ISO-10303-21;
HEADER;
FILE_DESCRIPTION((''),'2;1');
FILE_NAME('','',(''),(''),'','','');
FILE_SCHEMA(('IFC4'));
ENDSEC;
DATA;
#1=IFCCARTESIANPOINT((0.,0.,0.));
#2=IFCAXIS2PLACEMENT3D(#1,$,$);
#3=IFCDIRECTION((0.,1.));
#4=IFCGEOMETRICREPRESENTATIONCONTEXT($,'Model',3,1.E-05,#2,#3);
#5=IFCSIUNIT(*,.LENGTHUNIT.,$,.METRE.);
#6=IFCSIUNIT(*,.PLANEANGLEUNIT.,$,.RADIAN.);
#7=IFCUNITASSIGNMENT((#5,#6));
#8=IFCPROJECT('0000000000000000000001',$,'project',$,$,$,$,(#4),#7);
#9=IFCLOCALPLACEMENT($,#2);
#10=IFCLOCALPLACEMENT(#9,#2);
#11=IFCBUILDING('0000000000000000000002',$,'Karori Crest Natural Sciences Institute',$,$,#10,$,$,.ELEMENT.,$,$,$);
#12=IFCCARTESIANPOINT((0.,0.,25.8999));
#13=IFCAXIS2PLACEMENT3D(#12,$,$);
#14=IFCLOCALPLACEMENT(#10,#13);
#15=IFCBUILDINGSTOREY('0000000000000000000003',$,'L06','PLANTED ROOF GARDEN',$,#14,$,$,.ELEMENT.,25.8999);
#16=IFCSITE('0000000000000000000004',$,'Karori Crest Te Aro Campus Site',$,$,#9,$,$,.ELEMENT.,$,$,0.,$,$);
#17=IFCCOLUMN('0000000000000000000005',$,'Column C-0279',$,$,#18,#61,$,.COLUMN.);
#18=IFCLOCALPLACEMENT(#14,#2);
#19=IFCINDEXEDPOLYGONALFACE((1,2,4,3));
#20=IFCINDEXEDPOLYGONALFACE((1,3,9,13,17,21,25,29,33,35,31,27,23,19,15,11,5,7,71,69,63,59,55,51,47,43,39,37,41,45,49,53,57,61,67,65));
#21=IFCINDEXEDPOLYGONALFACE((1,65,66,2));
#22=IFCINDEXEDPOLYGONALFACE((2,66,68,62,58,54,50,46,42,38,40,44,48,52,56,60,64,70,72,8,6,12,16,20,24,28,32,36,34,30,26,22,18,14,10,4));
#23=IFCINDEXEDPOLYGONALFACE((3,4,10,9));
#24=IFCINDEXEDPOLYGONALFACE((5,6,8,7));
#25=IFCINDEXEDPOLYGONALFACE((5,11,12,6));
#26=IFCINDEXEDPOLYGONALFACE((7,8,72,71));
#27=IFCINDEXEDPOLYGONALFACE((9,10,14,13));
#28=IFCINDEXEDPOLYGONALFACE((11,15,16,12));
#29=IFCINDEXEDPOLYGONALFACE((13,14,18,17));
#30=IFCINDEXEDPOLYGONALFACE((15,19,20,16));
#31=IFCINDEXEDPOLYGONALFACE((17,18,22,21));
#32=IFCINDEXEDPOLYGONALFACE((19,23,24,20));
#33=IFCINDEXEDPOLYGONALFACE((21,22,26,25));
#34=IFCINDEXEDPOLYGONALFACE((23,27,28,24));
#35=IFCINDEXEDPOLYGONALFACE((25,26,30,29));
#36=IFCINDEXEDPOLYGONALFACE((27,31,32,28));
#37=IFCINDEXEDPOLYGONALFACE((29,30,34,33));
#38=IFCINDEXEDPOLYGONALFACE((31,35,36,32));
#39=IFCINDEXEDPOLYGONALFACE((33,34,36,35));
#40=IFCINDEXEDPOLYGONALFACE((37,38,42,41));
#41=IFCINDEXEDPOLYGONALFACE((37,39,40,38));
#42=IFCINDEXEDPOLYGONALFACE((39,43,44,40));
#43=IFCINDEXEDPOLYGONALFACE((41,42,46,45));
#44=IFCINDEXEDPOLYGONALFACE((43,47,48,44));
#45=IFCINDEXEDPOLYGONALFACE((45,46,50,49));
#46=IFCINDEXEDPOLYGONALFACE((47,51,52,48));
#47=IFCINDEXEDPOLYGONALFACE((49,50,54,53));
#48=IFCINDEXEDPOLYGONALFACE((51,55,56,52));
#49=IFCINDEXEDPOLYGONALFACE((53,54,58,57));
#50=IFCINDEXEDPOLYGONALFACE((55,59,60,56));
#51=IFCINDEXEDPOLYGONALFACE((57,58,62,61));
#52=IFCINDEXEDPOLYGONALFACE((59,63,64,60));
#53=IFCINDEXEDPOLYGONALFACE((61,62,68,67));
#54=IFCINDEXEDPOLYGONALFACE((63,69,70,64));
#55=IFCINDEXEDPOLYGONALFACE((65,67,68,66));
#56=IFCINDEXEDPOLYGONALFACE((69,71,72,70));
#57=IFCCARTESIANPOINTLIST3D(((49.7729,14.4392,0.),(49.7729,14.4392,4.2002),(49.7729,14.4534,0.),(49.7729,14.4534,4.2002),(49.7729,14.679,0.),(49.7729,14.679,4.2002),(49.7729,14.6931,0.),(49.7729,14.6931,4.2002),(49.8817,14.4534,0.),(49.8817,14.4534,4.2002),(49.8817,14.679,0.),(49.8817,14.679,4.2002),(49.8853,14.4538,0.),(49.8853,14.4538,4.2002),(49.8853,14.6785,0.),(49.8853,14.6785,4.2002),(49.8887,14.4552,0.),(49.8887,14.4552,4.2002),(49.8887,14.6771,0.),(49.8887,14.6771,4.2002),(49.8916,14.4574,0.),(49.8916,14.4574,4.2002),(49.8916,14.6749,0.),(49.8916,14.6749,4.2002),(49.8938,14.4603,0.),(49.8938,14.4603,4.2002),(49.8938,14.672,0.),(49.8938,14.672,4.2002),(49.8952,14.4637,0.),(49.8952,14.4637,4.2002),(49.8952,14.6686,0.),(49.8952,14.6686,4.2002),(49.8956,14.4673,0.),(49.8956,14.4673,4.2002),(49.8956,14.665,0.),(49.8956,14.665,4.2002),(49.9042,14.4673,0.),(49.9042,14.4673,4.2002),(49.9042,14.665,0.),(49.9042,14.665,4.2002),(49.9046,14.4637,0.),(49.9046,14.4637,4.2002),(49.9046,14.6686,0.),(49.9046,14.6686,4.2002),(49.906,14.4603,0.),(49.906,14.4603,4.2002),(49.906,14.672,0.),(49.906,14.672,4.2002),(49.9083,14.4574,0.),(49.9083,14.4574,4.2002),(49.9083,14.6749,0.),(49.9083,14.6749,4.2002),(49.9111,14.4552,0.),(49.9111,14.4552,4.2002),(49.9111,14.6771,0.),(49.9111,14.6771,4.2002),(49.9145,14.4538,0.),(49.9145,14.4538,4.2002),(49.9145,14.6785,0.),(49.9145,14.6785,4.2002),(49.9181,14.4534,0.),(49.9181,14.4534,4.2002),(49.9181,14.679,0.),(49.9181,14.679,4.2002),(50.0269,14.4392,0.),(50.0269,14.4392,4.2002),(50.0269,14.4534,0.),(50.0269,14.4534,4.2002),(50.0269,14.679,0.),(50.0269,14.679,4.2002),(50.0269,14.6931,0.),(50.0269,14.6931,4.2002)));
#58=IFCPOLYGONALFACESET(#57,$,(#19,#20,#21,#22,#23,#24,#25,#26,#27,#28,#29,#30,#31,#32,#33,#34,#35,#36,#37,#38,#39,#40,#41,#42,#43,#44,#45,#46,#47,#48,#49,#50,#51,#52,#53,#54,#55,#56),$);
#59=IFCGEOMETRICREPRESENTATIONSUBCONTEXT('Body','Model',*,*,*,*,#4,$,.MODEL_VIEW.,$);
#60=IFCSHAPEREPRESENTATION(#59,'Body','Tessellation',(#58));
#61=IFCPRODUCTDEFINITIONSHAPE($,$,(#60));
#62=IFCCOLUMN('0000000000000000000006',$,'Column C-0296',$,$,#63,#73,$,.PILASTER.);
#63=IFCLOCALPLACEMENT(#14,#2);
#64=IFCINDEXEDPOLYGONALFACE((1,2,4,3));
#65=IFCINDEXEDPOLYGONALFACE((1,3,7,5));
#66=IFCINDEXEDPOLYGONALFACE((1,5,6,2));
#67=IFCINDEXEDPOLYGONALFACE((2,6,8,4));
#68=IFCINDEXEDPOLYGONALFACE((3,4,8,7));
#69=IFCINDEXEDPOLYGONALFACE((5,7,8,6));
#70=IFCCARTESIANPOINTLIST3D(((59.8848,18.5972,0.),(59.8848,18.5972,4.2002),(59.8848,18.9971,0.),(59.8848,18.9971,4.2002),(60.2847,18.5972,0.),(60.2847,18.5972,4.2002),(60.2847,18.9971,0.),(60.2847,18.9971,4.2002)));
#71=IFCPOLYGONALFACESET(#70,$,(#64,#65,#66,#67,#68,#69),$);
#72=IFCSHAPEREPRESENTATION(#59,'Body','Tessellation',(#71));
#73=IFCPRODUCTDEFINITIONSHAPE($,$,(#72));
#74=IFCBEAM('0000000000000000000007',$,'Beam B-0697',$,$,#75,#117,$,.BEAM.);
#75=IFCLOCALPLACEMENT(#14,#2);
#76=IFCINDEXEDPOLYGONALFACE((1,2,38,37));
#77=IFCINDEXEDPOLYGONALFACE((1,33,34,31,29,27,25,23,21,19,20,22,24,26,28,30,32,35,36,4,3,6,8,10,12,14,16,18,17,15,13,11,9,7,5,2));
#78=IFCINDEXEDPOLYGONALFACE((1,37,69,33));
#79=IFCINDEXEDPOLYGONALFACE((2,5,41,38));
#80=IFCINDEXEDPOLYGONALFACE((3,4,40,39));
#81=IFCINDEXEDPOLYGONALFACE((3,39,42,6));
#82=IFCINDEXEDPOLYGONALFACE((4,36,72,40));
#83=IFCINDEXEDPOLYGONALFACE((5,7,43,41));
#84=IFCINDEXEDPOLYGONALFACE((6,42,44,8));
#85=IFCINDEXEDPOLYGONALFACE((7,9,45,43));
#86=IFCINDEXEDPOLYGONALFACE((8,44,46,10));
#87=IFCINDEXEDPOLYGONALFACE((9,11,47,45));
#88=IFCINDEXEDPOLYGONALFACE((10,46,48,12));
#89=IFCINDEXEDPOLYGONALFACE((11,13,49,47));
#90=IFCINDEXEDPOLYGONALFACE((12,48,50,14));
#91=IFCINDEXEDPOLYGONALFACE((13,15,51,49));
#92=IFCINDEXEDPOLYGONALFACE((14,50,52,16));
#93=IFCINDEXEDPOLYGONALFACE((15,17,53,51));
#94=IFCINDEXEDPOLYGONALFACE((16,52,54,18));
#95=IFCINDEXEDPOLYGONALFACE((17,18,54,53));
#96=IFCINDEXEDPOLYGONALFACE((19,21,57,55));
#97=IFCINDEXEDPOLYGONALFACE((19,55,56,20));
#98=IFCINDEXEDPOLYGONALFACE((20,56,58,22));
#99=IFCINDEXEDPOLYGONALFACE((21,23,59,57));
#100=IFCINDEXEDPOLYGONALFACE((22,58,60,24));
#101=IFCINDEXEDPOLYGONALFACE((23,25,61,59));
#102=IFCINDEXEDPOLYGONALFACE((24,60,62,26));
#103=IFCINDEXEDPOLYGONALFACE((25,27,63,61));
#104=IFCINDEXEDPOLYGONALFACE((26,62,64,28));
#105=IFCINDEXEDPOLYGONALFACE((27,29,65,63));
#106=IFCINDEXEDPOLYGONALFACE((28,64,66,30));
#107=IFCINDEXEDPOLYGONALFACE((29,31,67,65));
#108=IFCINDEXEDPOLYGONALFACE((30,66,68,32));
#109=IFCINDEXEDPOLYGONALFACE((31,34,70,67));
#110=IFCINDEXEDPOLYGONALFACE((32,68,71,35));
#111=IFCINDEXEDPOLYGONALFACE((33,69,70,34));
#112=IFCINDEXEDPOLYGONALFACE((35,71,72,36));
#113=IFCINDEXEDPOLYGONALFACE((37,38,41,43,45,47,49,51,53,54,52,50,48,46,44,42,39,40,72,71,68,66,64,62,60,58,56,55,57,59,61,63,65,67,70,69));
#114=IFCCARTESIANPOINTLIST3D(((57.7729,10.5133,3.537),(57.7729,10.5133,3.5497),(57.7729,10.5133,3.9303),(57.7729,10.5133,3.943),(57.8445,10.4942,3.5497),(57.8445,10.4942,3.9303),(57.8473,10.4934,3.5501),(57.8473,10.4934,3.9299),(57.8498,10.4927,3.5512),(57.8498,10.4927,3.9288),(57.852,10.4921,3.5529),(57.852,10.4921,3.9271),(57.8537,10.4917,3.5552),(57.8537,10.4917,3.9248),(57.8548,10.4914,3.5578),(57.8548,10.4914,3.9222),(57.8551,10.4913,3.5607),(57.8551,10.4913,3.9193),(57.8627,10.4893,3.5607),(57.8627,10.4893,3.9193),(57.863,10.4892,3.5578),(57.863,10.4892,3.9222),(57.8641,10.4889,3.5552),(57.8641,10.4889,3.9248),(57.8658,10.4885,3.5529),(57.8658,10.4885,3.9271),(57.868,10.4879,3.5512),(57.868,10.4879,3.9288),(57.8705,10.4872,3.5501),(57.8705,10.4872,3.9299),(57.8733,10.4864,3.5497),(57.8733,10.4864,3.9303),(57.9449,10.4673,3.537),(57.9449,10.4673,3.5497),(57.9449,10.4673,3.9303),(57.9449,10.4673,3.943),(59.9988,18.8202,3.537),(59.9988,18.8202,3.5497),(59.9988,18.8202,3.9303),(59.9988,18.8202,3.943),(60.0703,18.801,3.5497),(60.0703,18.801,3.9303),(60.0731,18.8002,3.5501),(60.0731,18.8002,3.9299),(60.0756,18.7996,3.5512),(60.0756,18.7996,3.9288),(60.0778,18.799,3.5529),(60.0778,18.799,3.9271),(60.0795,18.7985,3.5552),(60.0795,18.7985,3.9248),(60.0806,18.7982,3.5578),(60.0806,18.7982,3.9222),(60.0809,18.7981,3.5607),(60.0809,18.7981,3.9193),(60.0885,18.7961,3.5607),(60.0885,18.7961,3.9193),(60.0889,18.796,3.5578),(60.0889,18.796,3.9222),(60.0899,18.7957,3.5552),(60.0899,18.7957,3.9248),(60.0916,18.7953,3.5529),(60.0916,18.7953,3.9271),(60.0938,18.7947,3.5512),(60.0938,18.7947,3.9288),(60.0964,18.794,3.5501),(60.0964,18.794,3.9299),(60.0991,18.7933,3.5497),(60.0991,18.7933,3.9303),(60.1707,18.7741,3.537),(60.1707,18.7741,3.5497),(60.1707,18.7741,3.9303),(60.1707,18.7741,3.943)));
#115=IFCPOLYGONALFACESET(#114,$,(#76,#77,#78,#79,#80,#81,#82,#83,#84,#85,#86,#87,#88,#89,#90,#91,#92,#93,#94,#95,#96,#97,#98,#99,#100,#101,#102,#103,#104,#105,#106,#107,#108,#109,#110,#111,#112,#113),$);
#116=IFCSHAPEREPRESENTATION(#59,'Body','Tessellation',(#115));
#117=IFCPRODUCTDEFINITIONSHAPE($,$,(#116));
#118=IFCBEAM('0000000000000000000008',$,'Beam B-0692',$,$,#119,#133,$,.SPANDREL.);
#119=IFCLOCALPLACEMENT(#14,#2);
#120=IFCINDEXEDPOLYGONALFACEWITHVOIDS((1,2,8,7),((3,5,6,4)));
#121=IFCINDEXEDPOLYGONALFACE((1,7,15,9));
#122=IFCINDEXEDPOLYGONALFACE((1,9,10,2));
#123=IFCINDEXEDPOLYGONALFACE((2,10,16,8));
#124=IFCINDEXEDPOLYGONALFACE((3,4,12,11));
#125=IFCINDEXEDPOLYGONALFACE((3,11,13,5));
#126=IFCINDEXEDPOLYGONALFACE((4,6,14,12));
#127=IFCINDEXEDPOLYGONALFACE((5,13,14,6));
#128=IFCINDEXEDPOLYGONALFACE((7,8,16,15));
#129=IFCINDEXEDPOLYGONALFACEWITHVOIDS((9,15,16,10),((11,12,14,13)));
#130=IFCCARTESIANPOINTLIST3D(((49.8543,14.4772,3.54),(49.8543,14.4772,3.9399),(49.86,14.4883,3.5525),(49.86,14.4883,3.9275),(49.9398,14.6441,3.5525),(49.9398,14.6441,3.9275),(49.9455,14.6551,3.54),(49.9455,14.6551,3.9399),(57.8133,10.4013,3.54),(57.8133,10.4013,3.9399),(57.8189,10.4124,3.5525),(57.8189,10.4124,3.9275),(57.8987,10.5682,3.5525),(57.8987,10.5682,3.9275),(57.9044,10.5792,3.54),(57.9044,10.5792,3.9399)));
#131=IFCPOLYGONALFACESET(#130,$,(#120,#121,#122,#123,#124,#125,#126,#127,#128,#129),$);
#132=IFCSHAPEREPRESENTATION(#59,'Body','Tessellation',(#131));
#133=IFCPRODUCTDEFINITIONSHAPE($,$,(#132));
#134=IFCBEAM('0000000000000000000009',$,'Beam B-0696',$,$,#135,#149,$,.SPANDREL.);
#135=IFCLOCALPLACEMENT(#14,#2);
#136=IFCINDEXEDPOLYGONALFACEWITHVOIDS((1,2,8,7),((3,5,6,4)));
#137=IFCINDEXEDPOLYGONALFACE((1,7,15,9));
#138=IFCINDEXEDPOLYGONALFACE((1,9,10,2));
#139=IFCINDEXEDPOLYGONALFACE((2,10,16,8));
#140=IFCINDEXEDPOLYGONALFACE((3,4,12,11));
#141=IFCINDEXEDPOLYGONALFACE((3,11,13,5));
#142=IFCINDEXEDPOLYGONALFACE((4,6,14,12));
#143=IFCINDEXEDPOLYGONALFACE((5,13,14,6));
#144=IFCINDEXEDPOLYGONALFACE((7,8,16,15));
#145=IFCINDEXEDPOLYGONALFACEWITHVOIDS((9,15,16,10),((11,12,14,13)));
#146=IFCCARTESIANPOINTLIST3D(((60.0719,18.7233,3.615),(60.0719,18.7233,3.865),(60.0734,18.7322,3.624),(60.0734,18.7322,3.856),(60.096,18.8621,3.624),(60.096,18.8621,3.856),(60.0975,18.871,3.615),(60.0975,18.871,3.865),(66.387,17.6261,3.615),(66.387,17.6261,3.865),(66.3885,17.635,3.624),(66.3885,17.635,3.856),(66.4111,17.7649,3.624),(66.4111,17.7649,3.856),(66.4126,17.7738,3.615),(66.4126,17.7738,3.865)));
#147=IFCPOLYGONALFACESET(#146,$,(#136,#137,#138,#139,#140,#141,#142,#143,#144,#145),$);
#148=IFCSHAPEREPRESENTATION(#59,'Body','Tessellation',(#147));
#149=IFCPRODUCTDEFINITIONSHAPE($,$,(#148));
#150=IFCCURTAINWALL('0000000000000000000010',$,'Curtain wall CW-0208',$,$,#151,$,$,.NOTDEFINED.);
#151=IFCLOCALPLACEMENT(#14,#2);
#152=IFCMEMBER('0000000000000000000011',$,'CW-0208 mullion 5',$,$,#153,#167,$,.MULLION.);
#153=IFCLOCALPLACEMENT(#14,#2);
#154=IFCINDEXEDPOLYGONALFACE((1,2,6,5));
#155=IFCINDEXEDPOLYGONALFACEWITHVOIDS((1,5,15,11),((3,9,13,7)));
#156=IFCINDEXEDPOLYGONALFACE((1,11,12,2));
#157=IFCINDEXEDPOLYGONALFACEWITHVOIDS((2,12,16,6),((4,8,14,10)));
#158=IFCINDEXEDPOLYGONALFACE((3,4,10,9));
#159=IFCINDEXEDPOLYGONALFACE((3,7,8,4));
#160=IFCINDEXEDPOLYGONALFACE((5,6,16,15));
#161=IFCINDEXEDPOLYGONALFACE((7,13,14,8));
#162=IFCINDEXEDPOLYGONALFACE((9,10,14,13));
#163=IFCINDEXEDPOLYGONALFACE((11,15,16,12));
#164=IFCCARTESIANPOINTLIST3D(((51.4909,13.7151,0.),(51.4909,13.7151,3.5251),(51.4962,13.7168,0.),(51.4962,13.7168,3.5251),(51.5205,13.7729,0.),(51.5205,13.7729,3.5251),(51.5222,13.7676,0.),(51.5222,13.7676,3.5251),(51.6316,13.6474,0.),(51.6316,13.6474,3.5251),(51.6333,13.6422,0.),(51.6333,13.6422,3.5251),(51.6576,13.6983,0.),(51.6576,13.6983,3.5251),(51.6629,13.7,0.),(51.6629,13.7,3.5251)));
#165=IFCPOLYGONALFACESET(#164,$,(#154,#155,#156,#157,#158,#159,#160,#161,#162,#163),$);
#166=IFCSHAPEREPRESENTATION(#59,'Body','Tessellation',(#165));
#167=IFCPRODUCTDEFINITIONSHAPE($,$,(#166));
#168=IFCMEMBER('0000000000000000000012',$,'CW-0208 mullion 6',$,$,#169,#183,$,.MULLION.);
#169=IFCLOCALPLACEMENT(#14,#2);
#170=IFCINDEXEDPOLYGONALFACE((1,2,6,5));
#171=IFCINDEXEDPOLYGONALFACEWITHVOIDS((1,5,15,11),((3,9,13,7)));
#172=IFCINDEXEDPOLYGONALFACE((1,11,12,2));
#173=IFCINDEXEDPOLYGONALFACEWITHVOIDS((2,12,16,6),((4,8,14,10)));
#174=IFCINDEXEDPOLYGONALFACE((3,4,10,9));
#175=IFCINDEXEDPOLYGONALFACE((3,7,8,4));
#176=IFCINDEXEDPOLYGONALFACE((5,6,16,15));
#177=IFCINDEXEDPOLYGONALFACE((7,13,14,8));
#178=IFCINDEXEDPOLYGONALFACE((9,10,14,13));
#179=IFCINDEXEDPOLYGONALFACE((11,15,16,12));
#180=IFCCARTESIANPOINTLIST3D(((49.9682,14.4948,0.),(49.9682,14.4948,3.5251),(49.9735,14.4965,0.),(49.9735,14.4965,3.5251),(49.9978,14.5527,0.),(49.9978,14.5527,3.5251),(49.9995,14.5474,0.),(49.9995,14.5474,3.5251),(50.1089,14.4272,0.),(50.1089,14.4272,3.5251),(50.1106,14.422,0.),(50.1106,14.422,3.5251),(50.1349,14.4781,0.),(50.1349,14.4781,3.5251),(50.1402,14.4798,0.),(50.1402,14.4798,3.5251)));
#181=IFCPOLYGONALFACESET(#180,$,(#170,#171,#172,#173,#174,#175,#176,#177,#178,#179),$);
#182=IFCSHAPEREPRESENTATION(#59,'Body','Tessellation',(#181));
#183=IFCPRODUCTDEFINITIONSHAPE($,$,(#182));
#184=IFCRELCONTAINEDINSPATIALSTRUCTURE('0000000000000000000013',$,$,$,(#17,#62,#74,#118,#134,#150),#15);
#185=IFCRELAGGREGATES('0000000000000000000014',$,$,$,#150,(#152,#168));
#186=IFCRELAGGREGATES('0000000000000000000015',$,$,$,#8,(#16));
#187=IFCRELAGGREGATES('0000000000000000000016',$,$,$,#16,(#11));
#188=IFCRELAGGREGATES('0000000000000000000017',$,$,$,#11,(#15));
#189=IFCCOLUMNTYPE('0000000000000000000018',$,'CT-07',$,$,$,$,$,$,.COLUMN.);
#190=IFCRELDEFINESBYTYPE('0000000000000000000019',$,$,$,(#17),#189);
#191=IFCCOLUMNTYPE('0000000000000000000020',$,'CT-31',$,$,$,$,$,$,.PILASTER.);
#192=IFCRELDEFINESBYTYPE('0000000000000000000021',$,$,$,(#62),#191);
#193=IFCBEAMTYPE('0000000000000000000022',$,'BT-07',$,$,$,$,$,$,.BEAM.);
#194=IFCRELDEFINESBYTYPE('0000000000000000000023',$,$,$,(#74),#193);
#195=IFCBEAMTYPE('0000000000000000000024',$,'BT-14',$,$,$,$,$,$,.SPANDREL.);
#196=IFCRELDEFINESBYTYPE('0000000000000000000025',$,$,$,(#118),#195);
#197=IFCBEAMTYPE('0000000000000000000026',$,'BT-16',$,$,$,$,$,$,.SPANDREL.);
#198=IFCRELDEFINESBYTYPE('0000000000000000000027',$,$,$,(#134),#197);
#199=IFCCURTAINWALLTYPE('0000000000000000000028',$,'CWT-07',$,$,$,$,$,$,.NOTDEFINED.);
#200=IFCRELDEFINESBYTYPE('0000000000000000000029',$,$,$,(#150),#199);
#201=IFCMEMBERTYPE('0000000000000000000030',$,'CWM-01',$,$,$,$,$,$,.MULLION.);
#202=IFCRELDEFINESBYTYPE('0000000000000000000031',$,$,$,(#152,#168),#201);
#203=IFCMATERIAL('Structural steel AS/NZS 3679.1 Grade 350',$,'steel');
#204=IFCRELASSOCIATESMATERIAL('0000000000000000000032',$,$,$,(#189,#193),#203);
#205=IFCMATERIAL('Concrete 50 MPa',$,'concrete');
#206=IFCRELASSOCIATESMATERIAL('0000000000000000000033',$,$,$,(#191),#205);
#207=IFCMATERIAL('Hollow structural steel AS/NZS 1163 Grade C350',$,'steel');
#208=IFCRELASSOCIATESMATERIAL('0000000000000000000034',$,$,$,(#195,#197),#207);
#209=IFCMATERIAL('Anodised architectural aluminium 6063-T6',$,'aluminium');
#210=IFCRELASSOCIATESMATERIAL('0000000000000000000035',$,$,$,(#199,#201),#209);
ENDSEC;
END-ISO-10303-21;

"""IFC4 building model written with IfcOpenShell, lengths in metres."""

from ifc_helpers import new_model, si_unit, direction, frame, origin, origin_2d, place, context, subcontext, project, spatial, rectangle, hollow_rectangle, i_section, extrude, material, material_profile, profile_set, type_object, element, aggregate, save


model = new_model("IFC4")

# Units and contexts
model_context = context("Model", 3, precision=1e-05, world=origin(), true_north=direction((0.0, 1.0)))
body_context = subcontext(model_context, "Body", "Model", "MODEL_VIEW")
ifc_project = project(units=[si_unit("LENGTHUNIT", "METRE"), si_unit("PLANEANGLEUNIT", "RADIAN")], contexts=[model_context])

# Site, building, storey
site_placement = place(None, origin())
site = spatial("IfcSite", under=ifc_project, at=site_placement, Name="Karori Crest Te Aro Campus Site", CompositionType="ELEMENT", RefElevation=0.0)
building_placement = place(site_placement, origin())
building = spatial("IfcBuilding", under=site, at=building_placement, Name="Karori Crest Natural Sciences Institute", CompositionType="ELEMENT")
storey_placement = place(building_placement, frame((0.0, 0.0, 25.8999)))
storey = spatial("IfcBuildingStorey", under=building, at=storey_placement, Name="L06", Description="PLANTED ROOF GARDEN", CompositionType="ELEMENT", Elevation=25.8999)

# Columns
ifc_material_1 = material(Name="Structural steel AS/NZS 3679.1 Grade 350", Category="steel")
ifc_material_profile_1 = material_profile(ifc_material_1, i_section(OverallWidth=0.2539, OverallDepth=0.2539, WebThickness=0.0085, FlangeThickness=0.0142, FilletRadius=0.0139, at=origin_2d()), Name="250UC72.9")
ifc_profile_set_1 = profile_set([ifc_material_profile_1], Name="Structural steel AS/NZS 3679.1 Grade 350")
column_type_1 = type_object("IfcColumnType", Name="CT-07", PredefinedType="COLUMN", material=ifc_profile_set_1)
column_1_placement = place(storey_placement, frame((49.8999, 14.5662, 0.0), z_axis=(0.0, 0.0, 1.0), x_axis=(1.0, 0.0, 0.0)))
element("IfcColumn", 1, at=column_1_placement, inside=storey, type_object=column_type_1, Name="Column C-0279", PredefinedType="COLUMN", context=body_context, shape_type="SweptSolid", body=[
    extrude(i_section(OverallWidth=0.2539, OverallDepth=0.2539, WebThickness=0.0085, FlangeThickness=0.0142, FilletRadius=0.0139, at=origin_2d()), origin(), (0.0, 0.0, 1.0), 4.2002),
])
ifc_material_2 = material(Name="Concrete 50 MPa", Category="concrete")
ifc_material_profile_2 = material_profile(ifc_material_2, rectangle(XDim=0.3999, YDim=0.3999, at=origin_2d()), Name="RC400x400")
ifc_profile_set_2 = profile_set([ifc_material_profile_2], Name="Concrete 50 MPa")
column_type_2 = type_object("IfcColumnType", Name="CT-31", PredefinedType="PILASTER", material=ifc_profile_set_2)
column_2_placement = place(storey_placement, frame((60.0847, 18.7971, 0.0), z_axis=(0.0, 0.0, 1.0), x_axis=(1.0, 0.0, 0.0)))
element("IfcColumn", 2, at=column_2_placement, inside=storey, type_object=column_type_2, Name="Column C-0296", PredefinedType="PILASTER", context=body_context, shape_type="SweptSolid", body=[
    extrude(rectangle(XDim=0.3999, YDim=0.3999, at=origin_2d()), origin(), (0.0, 0.0, 1.0), 4.2002),
])

# Beams
ifc_material_profile_3 = material_profile(ifc_material_1, i_section(OverallWidth=0.178, OverallDepth=0.406, WebThickness=0.0078, FlangeThickness=0.0127, FilletRadius=0.011, at=origin_2d()), Name="410UB59.7")
ifc_profile_set_3 = profile_set([ifc_material_profile_3], Name="Structural steel AS/NZS 3679.1 Grade 350")
beam_type_1 = type_object("IfcBeamType", Name="BT-07", PredefinedType="BEAM", material=ifc_profile_set_3)
beam_1_placement = place(storey_placement, frame((60.0847, 18.7971, 3.74), z_axis=(-0.25882, -0.965926, 0.0), x_axis=(0.965926, -0.25882, 0.0)))
element("IfcBeam", 3, at=beam_1_placement, inside=storey, type_object=beam_type_1, Name="Beam B-0697", PredefinedType="BEAM", context=body_context, shape_type="SweptSolid", body=[
    extrude(i_section(OverallWidth=0.178, OverallDepth=0.406, WebThickness=0.0078, FlangeThickness=0.0127, FilletRadius=0.011, at=origin_2d()), origin(), (0.0, 0.0, 1.0), 8.5999),
])
ifc_material_3 = material(Name="Hollow structural steel AS/NZS 1163 Grade C350", Category="steel")
ifc_material_profile_4 = material_profile(ifc_material_3, hollow_rectangle(XDim=0.2, YDim=0.3999, WallThickness=0.0125, at=origin_2d()), Name="RHS400x200x12.5")
ifc_profile_set_4 = profile_set([ifc_material_profile_4], Name="Hollow structural steel AS/NZS 1163 Grade C350")
beam_type_2 = type_object("IfcBeamType", Name="BT-14", PredefinedType="SPANDREL", material=ifc_profile_set_4)
beam_2_placement = place(storey_placement, frame((49.8999, 14.5662, 3.74), z_axis=(0.890072, -0.45582, 0.0), x_axis=(0.45582, 0.890072, 0.0)))
element("IfcBeam", 4, at=beam_2_placement, inside=storey, type_object=beam_type_2, Name="Beam B-0692", PredefinedType="SPANDREL", context=body_context, shape_type="SweptSolid", body=[
    extrude(hollow_rectangle(XDim=0.2, YDim=0.3999, WallThickness=0.0125, at=origin_2d()), origin(), (0.0, 0.0, 1.0), 8.9419),
])
ifc_material_profile_5 = material_profile(ifc_material_3, hollow_rectangle(XDim=0.1499, YDim=0.25, WallThickness=0.009, at=origin_2d()), Name="RHS250x150x9")
ifc_profile_set_5 = profile_set([ifc_material_profile_5], Name="Hollow structural steel AS/NZS 1163 Grade C350")
beam_type_3 = type_object("IfcBeamType", Name="BT-16", PredefinedType="SPANDREL", material=ifc_profile_set_5)
beam_3_placement = place(storey_placement, frame((60.0847, 18.7971, 3.74), z_axis=(0.985241, -0.171171, 0.0), x_axis=(0.171171, 0.985241, 0.0)))
element("IfcBeam", 5, at=beam_3_placement, inside=storey, type_object=beam_type_3, Name="Beam B-0696", PredefinedType="SPANDREL", context=body_context, shape_type="SweptSolid", body=[
    extrude(hollow_rectangle(XDim=0.1499, YDim=0.25, WallThickness=0.009, at=origin_2d()), origin(), (0.0, 0.0, 1.0), 6.4097),
])

# Curtain wall, members
ifc_material_4 = material(Name="Anodised architectural aluminium 6063-T6", Category="aluminium")
curtain_wall_type_1 = type_object("IfcCurtainWallType", Name="CWT-07", PredefinedType="NOTDEFINED", material=ifc_material_4)
curtain_wall_1_placement = place(storey_placement, origin())
curtain_wall_1 = element("IfcCurtainWall", 6, at=curtain_wall_1_placement, inside=storey, type_object=curtain_wall_type_1, Name="Curtain wall CW-0208", PredefinedType="NOTDEFINED")
ifc_material_profile_6 = material_profile(ifc_material_4, hollow_rectangle(XDim=0.0649, YDim=0.1599, WallThickness=0.0039, at=origin_2d()), Name="CWM160x65x4")
ifc_profile_set_6 = profile_set([ifc_material_profile_6], Name="Anodised architectural aluminium 6063-T6")
member_type_1 = type_object("IfcMemberType", Name="CWM-01", PredefinedType="MULLION", material=ifc_profile_set_6)
member_1_placement = place(storey_placement, frame((51.5769, 13.7075, 0.0), z_axis=(0.0, 0.0, 1.0), x_axis=(-0.455829, -0.890067, 0.0)))
member_1 = element("IfcMember", 7, at=member_1_placement, type_object=member_type_1, Name="CW-0208 mullion 5", PredefinedType="MULLION", context=body_context, shape_type="SweptSolid", body=[
    extrude(hollow_rectangle(XDim=0.0649, YDim=0.1599, WallThickness=0.0039, at=origin_2d()), origin(), (0.0, 0.0, 1.0), 3.5251),
])
member_2_placement = place(storey_placement, frame((50.0542, 14.4873, 0.0), z_axis=(0.0, 0.0, 1.0), x_axis=(-0.455829, -0.890067, 0.0)))
member_2 = element("IfcMember", 8, at=member_2_placement, type_object=member_type_1, Name="CW-0208 mullion 6", PredefinedType="MULLION", context=body_context, shape_type="SweptSolid", body=[
    extrude(hollow_rectangle(XDim=0.0649, YDim=0.1599, WallThickness=0.0039, at=origin_2d()), origin(), (0.0, 0.0, 1.0), 3.5251),
])

aggregate(curtain_wall_1, [member_1, member_2])

save(model, "model.ifc")
